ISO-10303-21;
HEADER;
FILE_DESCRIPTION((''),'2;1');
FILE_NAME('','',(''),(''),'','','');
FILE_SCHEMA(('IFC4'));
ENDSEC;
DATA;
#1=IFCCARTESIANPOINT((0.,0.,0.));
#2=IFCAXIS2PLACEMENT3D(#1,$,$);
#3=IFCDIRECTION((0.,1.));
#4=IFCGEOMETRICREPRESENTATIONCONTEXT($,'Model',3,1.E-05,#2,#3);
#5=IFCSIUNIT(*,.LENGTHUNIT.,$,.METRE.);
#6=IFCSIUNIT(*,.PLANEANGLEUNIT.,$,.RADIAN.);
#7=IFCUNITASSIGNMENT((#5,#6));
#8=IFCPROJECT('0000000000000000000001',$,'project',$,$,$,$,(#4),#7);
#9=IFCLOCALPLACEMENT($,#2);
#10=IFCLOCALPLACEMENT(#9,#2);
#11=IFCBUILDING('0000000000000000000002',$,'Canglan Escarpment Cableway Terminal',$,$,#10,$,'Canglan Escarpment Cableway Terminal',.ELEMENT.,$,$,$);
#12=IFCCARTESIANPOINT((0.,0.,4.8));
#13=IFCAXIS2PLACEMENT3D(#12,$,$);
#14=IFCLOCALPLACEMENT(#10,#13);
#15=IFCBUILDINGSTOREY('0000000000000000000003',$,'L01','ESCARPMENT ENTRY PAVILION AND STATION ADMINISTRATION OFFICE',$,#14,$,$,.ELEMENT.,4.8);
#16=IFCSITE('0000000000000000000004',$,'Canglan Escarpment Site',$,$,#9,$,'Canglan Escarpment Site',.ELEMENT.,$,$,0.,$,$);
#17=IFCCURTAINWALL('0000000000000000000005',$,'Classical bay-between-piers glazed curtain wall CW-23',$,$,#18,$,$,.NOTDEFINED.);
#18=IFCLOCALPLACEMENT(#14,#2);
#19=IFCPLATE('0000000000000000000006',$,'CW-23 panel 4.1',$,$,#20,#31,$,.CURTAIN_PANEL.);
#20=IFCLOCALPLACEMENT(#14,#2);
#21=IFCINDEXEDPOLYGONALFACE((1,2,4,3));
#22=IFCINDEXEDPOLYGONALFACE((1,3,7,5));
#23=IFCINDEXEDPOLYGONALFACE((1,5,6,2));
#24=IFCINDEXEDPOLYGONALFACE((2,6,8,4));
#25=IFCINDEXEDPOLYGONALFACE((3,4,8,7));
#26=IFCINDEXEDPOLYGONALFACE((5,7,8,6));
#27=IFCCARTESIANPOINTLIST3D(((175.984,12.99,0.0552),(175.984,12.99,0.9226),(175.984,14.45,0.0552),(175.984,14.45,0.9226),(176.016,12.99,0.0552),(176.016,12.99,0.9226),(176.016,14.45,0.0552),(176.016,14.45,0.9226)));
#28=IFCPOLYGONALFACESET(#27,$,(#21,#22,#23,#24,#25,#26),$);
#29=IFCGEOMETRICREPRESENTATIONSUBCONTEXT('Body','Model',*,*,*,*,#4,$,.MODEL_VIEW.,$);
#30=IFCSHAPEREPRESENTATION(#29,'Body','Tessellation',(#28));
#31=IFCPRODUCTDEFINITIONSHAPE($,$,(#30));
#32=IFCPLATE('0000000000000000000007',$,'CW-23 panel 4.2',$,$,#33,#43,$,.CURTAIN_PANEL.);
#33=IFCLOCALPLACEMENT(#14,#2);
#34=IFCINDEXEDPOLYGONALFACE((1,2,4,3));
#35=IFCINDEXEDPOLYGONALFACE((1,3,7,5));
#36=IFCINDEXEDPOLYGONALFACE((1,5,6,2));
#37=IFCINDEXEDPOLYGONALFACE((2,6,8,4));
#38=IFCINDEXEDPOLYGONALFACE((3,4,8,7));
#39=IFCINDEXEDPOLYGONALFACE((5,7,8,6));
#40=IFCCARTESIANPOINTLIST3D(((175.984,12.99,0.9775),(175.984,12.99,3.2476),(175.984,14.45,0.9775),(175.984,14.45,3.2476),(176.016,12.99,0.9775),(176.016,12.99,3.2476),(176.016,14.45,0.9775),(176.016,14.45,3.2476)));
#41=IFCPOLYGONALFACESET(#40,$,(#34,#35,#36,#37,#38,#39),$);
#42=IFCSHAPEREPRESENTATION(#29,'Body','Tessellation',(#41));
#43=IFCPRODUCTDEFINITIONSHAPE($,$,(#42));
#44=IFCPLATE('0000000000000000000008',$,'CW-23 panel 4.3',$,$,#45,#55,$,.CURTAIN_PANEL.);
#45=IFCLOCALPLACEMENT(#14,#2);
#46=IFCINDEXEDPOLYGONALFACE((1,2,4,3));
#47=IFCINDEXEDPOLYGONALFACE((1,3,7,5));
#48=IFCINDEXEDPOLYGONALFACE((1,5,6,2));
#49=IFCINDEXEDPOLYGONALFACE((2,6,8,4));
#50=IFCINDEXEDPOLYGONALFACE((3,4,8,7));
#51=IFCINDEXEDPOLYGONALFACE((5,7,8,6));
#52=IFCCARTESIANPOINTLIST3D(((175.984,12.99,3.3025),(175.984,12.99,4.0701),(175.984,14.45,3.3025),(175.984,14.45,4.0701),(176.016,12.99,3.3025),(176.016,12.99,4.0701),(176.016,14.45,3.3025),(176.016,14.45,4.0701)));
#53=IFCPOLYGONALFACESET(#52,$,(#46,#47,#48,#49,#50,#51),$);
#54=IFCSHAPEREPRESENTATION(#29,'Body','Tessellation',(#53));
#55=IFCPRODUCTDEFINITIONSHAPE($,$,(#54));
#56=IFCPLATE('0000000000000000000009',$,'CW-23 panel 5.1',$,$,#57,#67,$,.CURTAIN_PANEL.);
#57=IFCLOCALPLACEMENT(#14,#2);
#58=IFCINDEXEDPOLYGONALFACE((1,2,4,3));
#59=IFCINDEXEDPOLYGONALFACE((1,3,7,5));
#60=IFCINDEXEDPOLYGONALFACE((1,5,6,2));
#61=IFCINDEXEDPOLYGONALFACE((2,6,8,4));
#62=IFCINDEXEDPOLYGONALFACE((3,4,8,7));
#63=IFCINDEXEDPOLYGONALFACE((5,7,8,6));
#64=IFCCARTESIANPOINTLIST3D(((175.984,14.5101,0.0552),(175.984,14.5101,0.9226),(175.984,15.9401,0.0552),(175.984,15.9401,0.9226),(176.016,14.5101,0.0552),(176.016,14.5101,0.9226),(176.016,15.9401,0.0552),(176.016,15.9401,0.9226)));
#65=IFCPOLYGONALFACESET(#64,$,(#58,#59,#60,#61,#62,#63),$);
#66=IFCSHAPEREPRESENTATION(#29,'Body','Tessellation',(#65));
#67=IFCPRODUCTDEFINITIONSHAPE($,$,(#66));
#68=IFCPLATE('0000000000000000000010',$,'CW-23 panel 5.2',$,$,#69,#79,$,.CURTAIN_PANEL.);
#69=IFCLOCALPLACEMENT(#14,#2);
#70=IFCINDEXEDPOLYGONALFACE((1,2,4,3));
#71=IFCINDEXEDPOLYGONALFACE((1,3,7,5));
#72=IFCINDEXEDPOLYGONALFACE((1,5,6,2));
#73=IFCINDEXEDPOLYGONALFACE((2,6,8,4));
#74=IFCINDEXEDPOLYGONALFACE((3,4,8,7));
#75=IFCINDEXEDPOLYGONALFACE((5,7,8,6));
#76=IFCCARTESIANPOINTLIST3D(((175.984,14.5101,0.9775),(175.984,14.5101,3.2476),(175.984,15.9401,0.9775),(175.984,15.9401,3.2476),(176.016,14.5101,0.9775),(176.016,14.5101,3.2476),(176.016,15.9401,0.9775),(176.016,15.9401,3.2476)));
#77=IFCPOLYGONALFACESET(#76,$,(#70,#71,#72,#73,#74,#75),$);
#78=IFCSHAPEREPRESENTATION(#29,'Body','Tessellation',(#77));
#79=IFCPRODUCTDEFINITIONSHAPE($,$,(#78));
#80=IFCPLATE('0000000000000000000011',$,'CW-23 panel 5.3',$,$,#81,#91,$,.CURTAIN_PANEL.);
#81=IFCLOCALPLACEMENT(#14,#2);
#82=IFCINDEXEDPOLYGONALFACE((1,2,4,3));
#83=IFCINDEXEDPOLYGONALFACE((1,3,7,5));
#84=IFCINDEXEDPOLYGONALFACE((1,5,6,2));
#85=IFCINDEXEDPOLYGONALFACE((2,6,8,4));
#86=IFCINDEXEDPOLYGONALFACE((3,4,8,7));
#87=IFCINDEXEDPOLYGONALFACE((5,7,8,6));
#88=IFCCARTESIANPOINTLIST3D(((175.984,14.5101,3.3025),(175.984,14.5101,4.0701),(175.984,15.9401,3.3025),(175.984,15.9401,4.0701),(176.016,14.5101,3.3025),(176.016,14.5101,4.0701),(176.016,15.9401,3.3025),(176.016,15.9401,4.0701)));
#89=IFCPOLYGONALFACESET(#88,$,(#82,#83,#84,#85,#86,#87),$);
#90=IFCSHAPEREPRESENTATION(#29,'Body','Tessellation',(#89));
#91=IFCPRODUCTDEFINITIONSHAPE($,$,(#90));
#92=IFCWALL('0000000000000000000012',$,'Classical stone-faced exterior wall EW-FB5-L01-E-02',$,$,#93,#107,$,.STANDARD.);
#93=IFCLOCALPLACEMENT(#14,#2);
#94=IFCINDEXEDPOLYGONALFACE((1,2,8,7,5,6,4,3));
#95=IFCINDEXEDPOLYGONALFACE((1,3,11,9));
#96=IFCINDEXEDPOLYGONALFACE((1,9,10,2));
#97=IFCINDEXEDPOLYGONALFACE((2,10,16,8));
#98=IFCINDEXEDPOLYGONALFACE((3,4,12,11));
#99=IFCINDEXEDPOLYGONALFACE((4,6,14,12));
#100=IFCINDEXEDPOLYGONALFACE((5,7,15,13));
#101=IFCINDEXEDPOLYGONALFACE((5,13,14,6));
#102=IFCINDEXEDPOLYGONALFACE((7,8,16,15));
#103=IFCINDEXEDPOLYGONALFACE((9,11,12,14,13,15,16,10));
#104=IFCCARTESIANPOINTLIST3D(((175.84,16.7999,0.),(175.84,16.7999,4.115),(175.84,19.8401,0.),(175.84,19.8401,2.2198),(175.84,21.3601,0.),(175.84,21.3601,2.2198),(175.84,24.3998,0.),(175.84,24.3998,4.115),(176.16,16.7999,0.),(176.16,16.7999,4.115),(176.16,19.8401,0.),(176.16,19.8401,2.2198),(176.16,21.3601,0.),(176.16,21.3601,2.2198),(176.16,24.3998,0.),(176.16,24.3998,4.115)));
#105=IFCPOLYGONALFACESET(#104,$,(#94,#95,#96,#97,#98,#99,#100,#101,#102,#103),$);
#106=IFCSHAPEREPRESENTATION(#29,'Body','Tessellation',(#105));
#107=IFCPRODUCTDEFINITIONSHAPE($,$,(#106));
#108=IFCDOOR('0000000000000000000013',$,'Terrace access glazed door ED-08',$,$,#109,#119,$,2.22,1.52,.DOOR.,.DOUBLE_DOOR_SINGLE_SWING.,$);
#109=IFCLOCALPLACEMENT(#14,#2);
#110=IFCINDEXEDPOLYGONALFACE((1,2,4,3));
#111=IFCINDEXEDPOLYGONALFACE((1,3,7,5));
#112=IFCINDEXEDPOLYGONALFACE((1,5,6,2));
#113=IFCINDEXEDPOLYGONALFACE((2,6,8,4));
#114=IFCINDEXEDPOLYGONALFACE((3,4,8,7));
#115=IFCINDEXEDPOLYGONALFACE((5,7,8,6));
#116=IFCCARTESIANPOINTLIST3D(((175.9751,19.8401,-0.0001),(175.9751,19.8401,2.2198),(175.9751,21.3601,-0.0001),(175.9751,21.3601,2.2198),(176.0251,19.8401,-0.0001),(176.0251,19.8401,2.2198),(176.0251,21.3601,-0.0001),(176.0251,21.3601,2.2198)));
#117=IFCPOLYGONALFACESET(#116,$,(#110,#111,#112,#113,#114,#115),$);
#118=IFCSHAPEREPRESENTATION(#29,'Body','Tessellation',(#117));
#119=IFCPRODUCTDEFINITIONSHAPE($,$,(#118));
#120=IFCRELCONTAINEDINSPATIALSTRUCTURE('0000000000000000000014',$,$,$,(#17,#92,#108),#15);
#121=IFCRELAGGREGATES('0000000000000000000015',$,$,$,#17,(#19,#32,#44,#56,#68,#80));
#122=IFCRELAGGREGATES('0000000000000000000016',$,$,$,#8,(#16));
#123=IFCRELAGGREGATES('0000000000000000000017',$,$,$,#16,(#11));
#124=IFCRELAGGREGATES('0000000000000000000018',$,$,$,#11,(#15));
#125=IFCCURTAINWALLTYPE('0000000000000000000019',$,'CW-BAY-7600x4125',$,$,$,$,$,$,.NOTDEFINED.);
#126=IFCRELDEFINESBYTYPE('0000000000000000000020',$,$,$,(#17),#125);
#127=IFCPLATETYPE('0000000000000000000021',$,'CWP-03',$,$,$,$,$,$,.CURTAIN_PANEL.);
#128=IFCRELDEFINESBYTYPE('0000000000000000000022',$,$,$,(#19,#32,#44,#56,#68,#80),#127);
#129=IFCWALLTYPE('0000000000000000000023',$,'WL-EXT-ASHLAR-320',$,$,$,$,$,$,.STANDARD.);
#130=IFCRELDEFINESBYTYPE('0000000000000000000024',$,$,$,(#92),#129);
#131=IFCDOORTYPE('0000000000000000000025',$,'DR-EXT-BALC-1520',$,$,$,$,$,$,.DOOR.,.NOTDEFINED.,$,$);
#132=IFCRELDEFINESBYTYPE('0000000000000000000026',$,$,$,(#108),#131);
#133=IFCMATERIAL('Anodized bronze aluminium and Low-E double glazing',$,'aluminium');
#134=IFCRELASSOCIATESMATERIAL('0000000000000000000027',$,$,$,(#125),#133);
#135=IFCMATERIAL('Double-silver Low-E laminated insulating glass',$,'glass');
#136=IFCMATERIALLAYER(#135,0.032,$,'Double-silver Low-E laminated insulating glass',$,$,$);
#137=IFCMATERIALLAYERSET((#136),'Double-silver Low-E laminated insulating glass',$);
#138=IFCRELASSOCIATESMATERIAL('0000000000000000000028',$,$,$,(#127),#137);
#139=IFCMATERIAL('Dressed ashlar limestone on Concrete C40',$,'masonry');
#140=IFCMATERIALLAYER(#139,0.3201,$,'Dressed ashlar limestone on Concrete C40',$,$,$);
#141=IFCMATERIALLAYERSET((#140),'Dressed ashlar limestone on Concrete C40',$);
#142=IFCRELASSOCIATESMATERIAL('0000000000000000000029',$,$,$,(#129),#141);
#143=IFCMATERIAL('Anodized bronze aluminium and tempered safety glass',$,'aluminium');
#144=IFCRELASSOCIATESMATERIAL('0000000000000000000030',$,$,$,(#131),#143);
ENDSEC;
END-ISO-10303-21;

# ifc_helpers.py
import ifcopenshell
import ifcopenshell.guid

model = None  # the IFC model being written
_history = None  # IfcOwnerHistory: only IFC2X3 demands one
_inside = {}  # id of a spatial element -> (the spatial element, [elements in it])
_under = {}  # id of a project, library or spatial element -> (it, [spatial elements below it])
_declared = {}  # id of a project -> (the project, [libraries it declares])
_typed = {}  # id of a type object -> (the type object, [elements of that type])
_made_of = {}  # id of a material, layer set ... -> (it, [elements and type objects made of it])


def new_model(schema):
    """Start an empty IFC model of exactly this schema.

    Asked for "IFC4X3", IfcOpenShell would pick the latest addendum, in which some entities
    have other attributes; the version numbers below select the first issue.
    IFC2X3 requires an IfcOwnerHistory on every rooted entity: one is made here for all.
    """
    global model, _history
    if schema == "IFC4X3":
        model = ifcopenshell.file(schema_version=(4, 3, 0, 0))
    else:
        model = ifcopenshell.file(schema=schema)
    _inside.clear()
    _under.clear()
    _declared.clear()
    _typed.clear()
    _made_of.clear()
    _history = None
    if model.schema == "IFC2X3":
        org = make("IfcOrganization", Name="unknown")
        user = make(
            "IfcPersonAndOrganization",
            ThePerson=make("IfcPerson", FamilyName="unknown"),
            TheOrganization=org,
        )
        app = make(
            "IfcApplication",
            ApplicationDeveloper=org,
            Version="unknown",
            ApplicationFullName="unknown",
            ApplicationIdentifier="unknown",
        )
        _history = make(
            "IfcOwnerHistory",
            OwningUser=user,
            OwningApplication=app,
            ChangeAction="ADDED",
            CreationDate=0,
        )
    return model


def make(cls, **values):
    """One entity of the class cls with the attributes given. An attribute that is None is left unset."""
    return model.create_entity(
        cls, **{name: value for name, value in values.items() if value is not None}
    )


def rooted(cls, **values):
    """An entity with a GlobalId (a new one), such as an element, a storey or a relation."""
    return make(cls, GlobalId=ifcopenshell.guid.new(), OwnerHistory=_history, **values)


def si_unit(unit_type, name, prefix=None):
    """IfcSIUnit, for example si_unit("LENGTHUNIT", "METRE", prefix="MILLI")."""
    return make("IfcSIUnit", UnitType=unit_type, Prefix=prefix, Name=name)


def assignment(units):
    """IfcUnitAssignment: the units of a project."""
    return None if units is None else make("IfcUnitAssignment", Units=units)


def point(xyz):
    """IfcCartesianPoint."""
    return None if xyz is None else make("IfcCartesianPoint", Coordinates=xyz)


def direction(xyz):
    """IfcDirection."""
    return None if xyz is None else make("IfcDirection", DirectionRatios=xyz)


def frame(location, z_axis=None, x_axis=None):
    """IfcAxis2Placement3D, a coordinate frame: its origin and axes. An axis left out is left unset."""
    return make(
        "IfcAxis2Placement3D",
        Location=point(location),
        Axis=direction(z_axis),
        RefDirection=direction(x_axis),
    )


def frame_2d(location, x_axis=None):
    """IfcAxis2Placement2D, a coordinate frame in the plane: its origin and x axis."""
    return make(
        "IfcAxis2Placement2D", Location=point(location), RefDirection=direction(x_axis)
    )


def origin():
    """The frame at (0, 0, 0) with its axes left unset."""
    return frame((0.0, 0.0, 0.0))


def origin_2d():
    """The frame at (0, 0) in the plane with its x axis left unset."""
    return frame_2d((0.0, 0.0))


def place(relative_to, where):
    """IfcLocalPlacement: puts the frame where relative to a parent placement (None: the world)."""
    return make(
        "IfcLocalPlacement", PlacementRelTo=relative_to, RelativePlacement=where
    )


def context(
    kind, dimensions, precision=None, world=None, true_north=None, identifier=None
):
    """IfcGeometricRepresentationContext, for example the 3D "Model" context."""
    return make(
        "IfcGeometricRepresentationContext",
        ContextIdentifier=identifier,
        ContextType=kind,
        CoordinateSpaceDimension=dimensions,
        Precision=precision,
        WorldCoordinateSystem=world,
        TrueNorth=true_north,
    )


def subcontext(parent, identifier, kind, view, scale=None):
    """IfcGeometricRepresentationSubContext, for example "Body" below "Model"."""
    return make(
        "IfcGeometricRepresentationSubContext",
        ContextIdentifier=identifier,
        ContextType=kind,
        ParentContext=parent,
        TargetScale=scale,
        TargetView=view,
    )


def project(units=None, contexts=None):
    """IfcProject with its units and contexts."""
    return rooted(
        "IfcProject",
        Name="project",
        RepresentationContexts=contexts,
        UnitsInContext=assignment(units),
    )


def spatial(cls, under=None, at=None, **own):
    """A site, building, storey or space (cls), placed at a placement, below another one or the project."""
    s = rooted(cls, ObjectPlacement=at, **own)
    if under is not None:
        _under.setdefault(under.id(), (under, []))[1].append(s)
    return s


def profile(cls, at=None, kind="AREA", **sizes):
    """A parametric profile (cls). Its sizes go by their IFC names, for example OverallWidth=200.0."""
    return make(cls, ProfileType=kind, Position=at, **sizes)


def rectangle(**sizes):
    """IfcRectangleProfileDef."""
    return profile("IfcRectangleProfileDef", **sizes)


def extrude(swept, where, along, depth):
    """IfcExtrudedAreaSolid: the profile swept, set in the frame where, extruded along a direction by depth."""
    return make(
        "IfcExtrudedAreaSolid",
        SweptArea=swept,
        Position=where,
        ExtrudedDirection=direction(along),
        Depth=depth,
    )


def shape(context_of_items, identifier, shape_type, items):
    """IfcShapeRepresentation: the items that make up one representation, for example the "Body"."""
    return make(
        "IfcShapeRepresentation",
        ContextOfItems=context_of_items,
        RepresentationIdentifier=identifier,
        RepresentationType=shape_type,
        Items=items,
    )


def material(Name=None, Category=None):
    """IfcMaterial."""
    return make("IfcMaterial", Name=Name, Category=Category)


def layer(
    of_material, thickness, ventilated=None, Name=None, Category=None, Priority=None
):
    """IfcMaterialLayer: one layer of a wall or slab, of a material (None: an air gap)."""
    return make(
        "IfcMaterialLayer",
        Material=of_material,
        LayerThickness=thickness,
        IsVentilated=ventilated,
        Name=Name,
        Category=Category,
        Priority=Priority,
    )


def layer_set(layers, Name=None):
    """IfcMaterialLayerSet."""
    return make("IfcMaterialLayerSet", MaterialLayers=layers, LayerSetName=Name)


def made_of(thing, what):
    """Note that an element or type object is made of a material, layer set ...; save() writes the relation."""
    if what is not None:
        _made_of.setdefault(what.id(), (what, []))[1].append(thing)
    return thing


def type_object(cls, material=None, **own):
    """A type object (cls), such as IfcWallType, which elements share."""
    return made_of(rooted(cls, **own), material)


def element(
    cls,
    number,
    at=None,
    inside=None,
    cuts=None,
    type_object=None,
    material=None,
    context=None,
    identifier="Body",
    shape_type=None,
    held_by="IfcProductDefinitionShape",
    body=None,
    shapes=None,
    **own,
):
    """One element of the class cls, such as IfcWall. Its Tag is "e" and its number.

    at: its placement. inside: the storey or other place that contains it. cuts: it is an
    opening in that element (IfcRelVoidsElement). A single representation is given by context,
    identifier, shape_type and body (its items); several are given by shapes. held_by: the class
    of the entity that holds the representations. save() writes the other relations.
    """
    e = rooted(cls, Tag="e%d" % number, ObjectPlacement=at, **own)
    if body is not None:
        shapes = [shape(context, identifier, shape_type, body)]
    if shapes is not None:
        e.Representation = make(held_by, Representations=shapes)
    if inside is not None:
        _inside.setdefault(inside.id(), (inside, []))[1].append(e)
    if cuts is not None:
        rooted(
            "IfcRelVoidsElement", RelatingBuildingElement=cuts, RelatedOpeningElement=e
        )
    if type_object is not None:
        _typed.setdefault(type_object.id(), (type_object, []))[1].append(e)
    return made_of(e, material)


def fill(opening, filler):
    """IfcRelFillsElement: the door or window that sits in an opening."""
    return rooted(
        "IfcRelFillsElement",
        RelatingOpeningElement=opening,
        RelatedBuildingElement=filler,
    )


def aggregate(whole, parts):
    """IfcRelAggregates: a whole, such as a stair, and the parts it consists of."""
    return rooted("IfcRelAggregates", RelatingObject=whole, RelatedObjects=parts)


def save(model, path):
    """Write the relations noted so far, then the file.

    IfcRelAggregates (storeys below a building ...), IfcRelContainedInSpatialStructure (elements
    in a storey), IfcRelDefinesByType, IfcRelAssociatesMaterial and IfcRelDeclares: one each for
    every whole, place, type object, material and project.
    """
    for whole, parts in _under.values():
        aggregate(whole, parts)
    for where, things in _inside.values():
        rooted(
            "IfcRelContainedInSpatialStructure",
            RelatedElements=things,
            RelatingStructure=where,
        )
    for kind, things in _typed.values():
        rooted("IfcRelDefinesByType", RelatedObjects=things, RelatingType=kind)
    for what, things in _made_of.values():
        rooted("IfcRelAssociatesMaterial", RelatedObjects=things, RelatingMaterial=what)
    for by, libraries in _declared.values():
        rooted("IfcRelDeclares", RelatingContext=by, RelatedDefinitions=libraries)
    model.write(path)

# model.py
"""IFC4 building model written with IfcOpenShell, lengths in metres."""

from ifc_helpers import new_model, si_unit, direction, frame, frame_2d, origin, origin_2d, place, context, subcontext, project, spatial, rectangle, extrude, material, layer, layer_set, type_object, element, fill, aggregate, save


model = new_model("IFC4")

# Units and contexts
model_context = context("Model", 3, precision=1e-05, world=origin(), true_north=direction((0.0, 1.0)))
body_context = subcontext(model_context, "Body", "Model", "MODEL_VIEW")
ifc_project = project(units=[si_unit("LENGTHUNIT", "METRE"), si_unit("PLANEANGLEUNIT", "RADIAN")], contexts=[model_context])

# Site, building, storey
site_placement = place(None, origin())
site = spatial("IfcSite", under=ifc_project, at=site_placement, Name="Canglan Escarpment Site", LongName="Canglan Escarpment Site", CompositionType="ELEMENT", RefElevation=0.0)
building_placement = place(site_placement, origin())
building = spatial("IfcBuilding", under=site, at=building_placement, Name="Canglan Escarpment Cableway Terminal", LongName="Canglan Escarpment Cableway Terminal", CompositionType="ELEMENT")
storey_placement = place(building_placement, frame((0.0, 0.0, 4.8)))
storey = spatial("IfcBuildingStorey", under=building, at=storey_placement, Name="L01", Description="ESCARPMENT ENTRY PAVILION AND STATION ADMINISTRATION OFFICE", CompositionType="ELEMENT", Elevation=4.8)

# Curtain wall
ifc_material_1 = material(Name="Anodized bronze aluminium and Low-E double glazing", Category="aluminium")
curtain_wall_type = type_object("IfcCurtainWallType", Name="CW-BAY-7600x4125", PredefinedType="NOTDEFINED", material=ifc_material_1)
curtain_wall_placement = place(storey_placement, origin())
curtain_wall = element("IfcCurtainWall", 1, at=curtain_wall_placement, inside=storey, type_object=curtain_wall_type, Name="Classical bay-between-piers glazed curtain wall CW-23", PredefinedType="NOTDEFINED")

# Plates
ifc_material_2 = material(Name="Double-silver Low-E laminated insulating glass", Category="glass")
ifc_layer_1 = layer(ifc_material_2, 0.032, Name="Double-silver Low-E laminated insulating glass")
ifc_layer_set_1 = layer_set([ifc_layer_1], Name="Double-silver Low-E laminated insulating glass")
plate_type = type_object("IfcPlateType", Name="CWP-03", PredefinedType="CURTAIN_PANEL", material=ifc_layer_set_1)
plate_1_placement = place(storey_placement, frame((176.0, 13.72, 0.0552), z_axis=(0.0, 0.0, 1.0), x_axis=(0.0, 1.0, 0.0)))
plate_1 = element("IfcPlate", 2, at=plate_1_placement, type_object=plate_type, Name="CW-23 panel 4.1", PredefinedType="CURTAIN_PANEL", context=body_context, shape_type="SweptSolid", body=[
    extrude(rectangle(XDim=1.46, YDim=0.032, at=origin_2d()), origin(), (0.0, 0.0, 1.0), 0.8674),
])
plate_2_placement = place(storey_placement, frame((176.0, 13.72, 0.9775), z_axis=(0.0, 0.0, 1.0), x_axis=(0.0, 1.0, 0.0)))
plate_2 = element("IfcPlate", 3, at=plate_2_placement, type_object=plate_type, Name="CW-23 panel 4.2", PredefinedType="CURTAIN_PANEL", context=body_context, shape_type="SweptSolid", body=[
    extrude(rectangle(XDim=1.46, YDim=0.032, at=origin_2d()), origin(), (0.0, 0.0, 1.0), 2.27),
])
plate_3_placement = place(storey_placement, frame((176.0, 13.72, 3.3025), z_axis=(0.0, 0.0, 1.0), x_axis=(0.0, 1.0, 0.0)))
plate_3 = element("IfcPlate", 4, at=plate_3_placement, type_object=plate_type, Name="CW-23 panel 4.3", PredefinedType="CURTAIN_PANEL", context=body_context, shape_type="SweptSolid", body=[
    extrude(rectangle(XDim=1.46, YDim=0.032, at=origin_2d()), origin(), (0.0, 0.0, 1.0), 0.7676),
])
plate_4_placement = place(storey_placement, frame((176.0, 15.2251, 0.0552), z_axis=(0.0, 0.0, 1.0), x_axis=(0.0, 1.0, 0.0)))
plate_4 = element("IfcPlate", 5, at=plate_4_placement, type_object=plate_type, Name="CW-23 panel 5.1", PredefinedType="CURTAIN_PANEL", context=body_context, shape_type="SweptSolid", body=[
    extrude(rectangle(XDim=1.4299, YDim=0.032, at=origin_2d()), origin(), (0.0, 0.0, 1.0), 0.8674),
])
plate_5_placement = place(storey_placement, frame((176.0, 15.2251, 0.9775), z_axis=(0.0, 0.0, 1.0), x_axis=(0.0, 1.0, 0.0)))
plate_5 = element("IfcPlate", 6, at=plate_5_placement, type_object=plate_type, Name="CW-23 panel 5.2", PredefinedType="CURTAIN_PANEL", context=body_context, shape_type="SweptSolid", body=[
    extrude(rectangle(XDim=1.4299, YDim=0.032, at=origin_2d()), origin(), (0.0, 0.0, 1.0), 2.27),
])
plate_6_placement = place(storey_placement, frame((176.0, 15.2251, 3.3025), z_axis=(0.0, 0.0, 1.0), x_axis=(0.0, 1.0, 0.0)))
plate_6 = element("IfcPlate", 7, at=plate_6_placement, type_object=plate_type, Name="CW-23 panel 5.3", PredefinedType="CURTAIN_PANEL", context=body_context, shape_type="SweptSolid", body=[
    extrude(rectangle(XDim=1.4299, YDim=0.032, at=origin_2d()), origin(), (0.0, 0.0, 1.0), 0.7676),
])
aggregate(curtain_wall, [plate_1, plate_2, plate_3, plate_4, plate_5, plate_6])

# Wall, opening, door
ifc_material_3 = material(Name="Dressed ashlar limestone on Concrete C40", Category="masonry")
ifc_layer_2 = layer(ifc_material_3, 0.3201, Name="Dressed ashlar limestone on Concrete C40")
ifc_layer_set_2 = layer_set([ifc_layer_2], Name="Dressed ashlar limestone on Concrete C40")
wall_type = type_object("IfcWallType", Name="WL-EXT-ASHLAR-320", PredefinedType="STANDARD", material=ifc_layer_set_2)
wall_placement = place(storey_placement, frame((176.0, 16.8, 0.0), z_axis=(0.0, 0.0, 1.0), x_axis=(0.0, 1.0, 0.0)))
wall = element("IfcWall", 8, at=wall_placement, inside=storey, type_object=wall_type, Name="Classical stone-faced exterior wall EW-FB5-L01-E-02", PredefinedType="STANDARD", context=body_context, shape_type="SweptSolid", body=[
    extrude(rectangle(XDim=7.5999, YDim=0.3201, at=frame_2d((3.7998, 0.0))), origin(), (0.0, 0.0, 1.0), 4.115),
])
opening_placement = place(wall_placement, frame((3.04, 0.0, 0.0)))
opening = element("IfcOpeningElement", 9, at=opening_placement, cuts=wall, PredefinedType="OPENING", context=body_context, shape_type="SweptSolid", body=[
    extrude(rectangle(XDim=1.52, YDim=2.22, at=frame_2d((0.76, 1.1099))), frame((0.0, 0.1699, 0.0), z_axis=(0.0, -1.0, 0.0), x_axis=(1.0, 0.0, 0.0)), (0.0, 0.0, 1.0), 0.3401),
])
ifc_material_4 = material(Name="Anodized bronze aluminium and tempered safety glass", Category="aluminium")
door_type = type_object("IfcDoorType", Name="DR-EXT-BALC-1520", OperationType="NOTDEFINED", PredefinedType="DOOR", material=ifc_material_4)
door_placement = place(opening_placement, origin())
door = element("IfcDoor", 10, at=door_placement, inside=storey, type_object=door_type, Name="Terrace access glazed door ED-08", OperationType="DOUBLE_DOOR_SINGLE_SWING", OverallHeight=2.22, OverallWidth=1.52, PredefinedType="DOOR", context=body_context, shape_type="SweptSolid", body=[
    extrude(rectangle(XDim=1.52, YDim=2.22, at=frame_2d((0.76, 1.1099))), frame((0.0, 0.0249, 0.0), z_axis=(0.0, -1.0, 0.0), x_axis=(1.0, 0.0, 0.0)), (0.0, 0.0, 1.0), 0.05),
])
fill(opening, door)

save(model, "model.ifc")
